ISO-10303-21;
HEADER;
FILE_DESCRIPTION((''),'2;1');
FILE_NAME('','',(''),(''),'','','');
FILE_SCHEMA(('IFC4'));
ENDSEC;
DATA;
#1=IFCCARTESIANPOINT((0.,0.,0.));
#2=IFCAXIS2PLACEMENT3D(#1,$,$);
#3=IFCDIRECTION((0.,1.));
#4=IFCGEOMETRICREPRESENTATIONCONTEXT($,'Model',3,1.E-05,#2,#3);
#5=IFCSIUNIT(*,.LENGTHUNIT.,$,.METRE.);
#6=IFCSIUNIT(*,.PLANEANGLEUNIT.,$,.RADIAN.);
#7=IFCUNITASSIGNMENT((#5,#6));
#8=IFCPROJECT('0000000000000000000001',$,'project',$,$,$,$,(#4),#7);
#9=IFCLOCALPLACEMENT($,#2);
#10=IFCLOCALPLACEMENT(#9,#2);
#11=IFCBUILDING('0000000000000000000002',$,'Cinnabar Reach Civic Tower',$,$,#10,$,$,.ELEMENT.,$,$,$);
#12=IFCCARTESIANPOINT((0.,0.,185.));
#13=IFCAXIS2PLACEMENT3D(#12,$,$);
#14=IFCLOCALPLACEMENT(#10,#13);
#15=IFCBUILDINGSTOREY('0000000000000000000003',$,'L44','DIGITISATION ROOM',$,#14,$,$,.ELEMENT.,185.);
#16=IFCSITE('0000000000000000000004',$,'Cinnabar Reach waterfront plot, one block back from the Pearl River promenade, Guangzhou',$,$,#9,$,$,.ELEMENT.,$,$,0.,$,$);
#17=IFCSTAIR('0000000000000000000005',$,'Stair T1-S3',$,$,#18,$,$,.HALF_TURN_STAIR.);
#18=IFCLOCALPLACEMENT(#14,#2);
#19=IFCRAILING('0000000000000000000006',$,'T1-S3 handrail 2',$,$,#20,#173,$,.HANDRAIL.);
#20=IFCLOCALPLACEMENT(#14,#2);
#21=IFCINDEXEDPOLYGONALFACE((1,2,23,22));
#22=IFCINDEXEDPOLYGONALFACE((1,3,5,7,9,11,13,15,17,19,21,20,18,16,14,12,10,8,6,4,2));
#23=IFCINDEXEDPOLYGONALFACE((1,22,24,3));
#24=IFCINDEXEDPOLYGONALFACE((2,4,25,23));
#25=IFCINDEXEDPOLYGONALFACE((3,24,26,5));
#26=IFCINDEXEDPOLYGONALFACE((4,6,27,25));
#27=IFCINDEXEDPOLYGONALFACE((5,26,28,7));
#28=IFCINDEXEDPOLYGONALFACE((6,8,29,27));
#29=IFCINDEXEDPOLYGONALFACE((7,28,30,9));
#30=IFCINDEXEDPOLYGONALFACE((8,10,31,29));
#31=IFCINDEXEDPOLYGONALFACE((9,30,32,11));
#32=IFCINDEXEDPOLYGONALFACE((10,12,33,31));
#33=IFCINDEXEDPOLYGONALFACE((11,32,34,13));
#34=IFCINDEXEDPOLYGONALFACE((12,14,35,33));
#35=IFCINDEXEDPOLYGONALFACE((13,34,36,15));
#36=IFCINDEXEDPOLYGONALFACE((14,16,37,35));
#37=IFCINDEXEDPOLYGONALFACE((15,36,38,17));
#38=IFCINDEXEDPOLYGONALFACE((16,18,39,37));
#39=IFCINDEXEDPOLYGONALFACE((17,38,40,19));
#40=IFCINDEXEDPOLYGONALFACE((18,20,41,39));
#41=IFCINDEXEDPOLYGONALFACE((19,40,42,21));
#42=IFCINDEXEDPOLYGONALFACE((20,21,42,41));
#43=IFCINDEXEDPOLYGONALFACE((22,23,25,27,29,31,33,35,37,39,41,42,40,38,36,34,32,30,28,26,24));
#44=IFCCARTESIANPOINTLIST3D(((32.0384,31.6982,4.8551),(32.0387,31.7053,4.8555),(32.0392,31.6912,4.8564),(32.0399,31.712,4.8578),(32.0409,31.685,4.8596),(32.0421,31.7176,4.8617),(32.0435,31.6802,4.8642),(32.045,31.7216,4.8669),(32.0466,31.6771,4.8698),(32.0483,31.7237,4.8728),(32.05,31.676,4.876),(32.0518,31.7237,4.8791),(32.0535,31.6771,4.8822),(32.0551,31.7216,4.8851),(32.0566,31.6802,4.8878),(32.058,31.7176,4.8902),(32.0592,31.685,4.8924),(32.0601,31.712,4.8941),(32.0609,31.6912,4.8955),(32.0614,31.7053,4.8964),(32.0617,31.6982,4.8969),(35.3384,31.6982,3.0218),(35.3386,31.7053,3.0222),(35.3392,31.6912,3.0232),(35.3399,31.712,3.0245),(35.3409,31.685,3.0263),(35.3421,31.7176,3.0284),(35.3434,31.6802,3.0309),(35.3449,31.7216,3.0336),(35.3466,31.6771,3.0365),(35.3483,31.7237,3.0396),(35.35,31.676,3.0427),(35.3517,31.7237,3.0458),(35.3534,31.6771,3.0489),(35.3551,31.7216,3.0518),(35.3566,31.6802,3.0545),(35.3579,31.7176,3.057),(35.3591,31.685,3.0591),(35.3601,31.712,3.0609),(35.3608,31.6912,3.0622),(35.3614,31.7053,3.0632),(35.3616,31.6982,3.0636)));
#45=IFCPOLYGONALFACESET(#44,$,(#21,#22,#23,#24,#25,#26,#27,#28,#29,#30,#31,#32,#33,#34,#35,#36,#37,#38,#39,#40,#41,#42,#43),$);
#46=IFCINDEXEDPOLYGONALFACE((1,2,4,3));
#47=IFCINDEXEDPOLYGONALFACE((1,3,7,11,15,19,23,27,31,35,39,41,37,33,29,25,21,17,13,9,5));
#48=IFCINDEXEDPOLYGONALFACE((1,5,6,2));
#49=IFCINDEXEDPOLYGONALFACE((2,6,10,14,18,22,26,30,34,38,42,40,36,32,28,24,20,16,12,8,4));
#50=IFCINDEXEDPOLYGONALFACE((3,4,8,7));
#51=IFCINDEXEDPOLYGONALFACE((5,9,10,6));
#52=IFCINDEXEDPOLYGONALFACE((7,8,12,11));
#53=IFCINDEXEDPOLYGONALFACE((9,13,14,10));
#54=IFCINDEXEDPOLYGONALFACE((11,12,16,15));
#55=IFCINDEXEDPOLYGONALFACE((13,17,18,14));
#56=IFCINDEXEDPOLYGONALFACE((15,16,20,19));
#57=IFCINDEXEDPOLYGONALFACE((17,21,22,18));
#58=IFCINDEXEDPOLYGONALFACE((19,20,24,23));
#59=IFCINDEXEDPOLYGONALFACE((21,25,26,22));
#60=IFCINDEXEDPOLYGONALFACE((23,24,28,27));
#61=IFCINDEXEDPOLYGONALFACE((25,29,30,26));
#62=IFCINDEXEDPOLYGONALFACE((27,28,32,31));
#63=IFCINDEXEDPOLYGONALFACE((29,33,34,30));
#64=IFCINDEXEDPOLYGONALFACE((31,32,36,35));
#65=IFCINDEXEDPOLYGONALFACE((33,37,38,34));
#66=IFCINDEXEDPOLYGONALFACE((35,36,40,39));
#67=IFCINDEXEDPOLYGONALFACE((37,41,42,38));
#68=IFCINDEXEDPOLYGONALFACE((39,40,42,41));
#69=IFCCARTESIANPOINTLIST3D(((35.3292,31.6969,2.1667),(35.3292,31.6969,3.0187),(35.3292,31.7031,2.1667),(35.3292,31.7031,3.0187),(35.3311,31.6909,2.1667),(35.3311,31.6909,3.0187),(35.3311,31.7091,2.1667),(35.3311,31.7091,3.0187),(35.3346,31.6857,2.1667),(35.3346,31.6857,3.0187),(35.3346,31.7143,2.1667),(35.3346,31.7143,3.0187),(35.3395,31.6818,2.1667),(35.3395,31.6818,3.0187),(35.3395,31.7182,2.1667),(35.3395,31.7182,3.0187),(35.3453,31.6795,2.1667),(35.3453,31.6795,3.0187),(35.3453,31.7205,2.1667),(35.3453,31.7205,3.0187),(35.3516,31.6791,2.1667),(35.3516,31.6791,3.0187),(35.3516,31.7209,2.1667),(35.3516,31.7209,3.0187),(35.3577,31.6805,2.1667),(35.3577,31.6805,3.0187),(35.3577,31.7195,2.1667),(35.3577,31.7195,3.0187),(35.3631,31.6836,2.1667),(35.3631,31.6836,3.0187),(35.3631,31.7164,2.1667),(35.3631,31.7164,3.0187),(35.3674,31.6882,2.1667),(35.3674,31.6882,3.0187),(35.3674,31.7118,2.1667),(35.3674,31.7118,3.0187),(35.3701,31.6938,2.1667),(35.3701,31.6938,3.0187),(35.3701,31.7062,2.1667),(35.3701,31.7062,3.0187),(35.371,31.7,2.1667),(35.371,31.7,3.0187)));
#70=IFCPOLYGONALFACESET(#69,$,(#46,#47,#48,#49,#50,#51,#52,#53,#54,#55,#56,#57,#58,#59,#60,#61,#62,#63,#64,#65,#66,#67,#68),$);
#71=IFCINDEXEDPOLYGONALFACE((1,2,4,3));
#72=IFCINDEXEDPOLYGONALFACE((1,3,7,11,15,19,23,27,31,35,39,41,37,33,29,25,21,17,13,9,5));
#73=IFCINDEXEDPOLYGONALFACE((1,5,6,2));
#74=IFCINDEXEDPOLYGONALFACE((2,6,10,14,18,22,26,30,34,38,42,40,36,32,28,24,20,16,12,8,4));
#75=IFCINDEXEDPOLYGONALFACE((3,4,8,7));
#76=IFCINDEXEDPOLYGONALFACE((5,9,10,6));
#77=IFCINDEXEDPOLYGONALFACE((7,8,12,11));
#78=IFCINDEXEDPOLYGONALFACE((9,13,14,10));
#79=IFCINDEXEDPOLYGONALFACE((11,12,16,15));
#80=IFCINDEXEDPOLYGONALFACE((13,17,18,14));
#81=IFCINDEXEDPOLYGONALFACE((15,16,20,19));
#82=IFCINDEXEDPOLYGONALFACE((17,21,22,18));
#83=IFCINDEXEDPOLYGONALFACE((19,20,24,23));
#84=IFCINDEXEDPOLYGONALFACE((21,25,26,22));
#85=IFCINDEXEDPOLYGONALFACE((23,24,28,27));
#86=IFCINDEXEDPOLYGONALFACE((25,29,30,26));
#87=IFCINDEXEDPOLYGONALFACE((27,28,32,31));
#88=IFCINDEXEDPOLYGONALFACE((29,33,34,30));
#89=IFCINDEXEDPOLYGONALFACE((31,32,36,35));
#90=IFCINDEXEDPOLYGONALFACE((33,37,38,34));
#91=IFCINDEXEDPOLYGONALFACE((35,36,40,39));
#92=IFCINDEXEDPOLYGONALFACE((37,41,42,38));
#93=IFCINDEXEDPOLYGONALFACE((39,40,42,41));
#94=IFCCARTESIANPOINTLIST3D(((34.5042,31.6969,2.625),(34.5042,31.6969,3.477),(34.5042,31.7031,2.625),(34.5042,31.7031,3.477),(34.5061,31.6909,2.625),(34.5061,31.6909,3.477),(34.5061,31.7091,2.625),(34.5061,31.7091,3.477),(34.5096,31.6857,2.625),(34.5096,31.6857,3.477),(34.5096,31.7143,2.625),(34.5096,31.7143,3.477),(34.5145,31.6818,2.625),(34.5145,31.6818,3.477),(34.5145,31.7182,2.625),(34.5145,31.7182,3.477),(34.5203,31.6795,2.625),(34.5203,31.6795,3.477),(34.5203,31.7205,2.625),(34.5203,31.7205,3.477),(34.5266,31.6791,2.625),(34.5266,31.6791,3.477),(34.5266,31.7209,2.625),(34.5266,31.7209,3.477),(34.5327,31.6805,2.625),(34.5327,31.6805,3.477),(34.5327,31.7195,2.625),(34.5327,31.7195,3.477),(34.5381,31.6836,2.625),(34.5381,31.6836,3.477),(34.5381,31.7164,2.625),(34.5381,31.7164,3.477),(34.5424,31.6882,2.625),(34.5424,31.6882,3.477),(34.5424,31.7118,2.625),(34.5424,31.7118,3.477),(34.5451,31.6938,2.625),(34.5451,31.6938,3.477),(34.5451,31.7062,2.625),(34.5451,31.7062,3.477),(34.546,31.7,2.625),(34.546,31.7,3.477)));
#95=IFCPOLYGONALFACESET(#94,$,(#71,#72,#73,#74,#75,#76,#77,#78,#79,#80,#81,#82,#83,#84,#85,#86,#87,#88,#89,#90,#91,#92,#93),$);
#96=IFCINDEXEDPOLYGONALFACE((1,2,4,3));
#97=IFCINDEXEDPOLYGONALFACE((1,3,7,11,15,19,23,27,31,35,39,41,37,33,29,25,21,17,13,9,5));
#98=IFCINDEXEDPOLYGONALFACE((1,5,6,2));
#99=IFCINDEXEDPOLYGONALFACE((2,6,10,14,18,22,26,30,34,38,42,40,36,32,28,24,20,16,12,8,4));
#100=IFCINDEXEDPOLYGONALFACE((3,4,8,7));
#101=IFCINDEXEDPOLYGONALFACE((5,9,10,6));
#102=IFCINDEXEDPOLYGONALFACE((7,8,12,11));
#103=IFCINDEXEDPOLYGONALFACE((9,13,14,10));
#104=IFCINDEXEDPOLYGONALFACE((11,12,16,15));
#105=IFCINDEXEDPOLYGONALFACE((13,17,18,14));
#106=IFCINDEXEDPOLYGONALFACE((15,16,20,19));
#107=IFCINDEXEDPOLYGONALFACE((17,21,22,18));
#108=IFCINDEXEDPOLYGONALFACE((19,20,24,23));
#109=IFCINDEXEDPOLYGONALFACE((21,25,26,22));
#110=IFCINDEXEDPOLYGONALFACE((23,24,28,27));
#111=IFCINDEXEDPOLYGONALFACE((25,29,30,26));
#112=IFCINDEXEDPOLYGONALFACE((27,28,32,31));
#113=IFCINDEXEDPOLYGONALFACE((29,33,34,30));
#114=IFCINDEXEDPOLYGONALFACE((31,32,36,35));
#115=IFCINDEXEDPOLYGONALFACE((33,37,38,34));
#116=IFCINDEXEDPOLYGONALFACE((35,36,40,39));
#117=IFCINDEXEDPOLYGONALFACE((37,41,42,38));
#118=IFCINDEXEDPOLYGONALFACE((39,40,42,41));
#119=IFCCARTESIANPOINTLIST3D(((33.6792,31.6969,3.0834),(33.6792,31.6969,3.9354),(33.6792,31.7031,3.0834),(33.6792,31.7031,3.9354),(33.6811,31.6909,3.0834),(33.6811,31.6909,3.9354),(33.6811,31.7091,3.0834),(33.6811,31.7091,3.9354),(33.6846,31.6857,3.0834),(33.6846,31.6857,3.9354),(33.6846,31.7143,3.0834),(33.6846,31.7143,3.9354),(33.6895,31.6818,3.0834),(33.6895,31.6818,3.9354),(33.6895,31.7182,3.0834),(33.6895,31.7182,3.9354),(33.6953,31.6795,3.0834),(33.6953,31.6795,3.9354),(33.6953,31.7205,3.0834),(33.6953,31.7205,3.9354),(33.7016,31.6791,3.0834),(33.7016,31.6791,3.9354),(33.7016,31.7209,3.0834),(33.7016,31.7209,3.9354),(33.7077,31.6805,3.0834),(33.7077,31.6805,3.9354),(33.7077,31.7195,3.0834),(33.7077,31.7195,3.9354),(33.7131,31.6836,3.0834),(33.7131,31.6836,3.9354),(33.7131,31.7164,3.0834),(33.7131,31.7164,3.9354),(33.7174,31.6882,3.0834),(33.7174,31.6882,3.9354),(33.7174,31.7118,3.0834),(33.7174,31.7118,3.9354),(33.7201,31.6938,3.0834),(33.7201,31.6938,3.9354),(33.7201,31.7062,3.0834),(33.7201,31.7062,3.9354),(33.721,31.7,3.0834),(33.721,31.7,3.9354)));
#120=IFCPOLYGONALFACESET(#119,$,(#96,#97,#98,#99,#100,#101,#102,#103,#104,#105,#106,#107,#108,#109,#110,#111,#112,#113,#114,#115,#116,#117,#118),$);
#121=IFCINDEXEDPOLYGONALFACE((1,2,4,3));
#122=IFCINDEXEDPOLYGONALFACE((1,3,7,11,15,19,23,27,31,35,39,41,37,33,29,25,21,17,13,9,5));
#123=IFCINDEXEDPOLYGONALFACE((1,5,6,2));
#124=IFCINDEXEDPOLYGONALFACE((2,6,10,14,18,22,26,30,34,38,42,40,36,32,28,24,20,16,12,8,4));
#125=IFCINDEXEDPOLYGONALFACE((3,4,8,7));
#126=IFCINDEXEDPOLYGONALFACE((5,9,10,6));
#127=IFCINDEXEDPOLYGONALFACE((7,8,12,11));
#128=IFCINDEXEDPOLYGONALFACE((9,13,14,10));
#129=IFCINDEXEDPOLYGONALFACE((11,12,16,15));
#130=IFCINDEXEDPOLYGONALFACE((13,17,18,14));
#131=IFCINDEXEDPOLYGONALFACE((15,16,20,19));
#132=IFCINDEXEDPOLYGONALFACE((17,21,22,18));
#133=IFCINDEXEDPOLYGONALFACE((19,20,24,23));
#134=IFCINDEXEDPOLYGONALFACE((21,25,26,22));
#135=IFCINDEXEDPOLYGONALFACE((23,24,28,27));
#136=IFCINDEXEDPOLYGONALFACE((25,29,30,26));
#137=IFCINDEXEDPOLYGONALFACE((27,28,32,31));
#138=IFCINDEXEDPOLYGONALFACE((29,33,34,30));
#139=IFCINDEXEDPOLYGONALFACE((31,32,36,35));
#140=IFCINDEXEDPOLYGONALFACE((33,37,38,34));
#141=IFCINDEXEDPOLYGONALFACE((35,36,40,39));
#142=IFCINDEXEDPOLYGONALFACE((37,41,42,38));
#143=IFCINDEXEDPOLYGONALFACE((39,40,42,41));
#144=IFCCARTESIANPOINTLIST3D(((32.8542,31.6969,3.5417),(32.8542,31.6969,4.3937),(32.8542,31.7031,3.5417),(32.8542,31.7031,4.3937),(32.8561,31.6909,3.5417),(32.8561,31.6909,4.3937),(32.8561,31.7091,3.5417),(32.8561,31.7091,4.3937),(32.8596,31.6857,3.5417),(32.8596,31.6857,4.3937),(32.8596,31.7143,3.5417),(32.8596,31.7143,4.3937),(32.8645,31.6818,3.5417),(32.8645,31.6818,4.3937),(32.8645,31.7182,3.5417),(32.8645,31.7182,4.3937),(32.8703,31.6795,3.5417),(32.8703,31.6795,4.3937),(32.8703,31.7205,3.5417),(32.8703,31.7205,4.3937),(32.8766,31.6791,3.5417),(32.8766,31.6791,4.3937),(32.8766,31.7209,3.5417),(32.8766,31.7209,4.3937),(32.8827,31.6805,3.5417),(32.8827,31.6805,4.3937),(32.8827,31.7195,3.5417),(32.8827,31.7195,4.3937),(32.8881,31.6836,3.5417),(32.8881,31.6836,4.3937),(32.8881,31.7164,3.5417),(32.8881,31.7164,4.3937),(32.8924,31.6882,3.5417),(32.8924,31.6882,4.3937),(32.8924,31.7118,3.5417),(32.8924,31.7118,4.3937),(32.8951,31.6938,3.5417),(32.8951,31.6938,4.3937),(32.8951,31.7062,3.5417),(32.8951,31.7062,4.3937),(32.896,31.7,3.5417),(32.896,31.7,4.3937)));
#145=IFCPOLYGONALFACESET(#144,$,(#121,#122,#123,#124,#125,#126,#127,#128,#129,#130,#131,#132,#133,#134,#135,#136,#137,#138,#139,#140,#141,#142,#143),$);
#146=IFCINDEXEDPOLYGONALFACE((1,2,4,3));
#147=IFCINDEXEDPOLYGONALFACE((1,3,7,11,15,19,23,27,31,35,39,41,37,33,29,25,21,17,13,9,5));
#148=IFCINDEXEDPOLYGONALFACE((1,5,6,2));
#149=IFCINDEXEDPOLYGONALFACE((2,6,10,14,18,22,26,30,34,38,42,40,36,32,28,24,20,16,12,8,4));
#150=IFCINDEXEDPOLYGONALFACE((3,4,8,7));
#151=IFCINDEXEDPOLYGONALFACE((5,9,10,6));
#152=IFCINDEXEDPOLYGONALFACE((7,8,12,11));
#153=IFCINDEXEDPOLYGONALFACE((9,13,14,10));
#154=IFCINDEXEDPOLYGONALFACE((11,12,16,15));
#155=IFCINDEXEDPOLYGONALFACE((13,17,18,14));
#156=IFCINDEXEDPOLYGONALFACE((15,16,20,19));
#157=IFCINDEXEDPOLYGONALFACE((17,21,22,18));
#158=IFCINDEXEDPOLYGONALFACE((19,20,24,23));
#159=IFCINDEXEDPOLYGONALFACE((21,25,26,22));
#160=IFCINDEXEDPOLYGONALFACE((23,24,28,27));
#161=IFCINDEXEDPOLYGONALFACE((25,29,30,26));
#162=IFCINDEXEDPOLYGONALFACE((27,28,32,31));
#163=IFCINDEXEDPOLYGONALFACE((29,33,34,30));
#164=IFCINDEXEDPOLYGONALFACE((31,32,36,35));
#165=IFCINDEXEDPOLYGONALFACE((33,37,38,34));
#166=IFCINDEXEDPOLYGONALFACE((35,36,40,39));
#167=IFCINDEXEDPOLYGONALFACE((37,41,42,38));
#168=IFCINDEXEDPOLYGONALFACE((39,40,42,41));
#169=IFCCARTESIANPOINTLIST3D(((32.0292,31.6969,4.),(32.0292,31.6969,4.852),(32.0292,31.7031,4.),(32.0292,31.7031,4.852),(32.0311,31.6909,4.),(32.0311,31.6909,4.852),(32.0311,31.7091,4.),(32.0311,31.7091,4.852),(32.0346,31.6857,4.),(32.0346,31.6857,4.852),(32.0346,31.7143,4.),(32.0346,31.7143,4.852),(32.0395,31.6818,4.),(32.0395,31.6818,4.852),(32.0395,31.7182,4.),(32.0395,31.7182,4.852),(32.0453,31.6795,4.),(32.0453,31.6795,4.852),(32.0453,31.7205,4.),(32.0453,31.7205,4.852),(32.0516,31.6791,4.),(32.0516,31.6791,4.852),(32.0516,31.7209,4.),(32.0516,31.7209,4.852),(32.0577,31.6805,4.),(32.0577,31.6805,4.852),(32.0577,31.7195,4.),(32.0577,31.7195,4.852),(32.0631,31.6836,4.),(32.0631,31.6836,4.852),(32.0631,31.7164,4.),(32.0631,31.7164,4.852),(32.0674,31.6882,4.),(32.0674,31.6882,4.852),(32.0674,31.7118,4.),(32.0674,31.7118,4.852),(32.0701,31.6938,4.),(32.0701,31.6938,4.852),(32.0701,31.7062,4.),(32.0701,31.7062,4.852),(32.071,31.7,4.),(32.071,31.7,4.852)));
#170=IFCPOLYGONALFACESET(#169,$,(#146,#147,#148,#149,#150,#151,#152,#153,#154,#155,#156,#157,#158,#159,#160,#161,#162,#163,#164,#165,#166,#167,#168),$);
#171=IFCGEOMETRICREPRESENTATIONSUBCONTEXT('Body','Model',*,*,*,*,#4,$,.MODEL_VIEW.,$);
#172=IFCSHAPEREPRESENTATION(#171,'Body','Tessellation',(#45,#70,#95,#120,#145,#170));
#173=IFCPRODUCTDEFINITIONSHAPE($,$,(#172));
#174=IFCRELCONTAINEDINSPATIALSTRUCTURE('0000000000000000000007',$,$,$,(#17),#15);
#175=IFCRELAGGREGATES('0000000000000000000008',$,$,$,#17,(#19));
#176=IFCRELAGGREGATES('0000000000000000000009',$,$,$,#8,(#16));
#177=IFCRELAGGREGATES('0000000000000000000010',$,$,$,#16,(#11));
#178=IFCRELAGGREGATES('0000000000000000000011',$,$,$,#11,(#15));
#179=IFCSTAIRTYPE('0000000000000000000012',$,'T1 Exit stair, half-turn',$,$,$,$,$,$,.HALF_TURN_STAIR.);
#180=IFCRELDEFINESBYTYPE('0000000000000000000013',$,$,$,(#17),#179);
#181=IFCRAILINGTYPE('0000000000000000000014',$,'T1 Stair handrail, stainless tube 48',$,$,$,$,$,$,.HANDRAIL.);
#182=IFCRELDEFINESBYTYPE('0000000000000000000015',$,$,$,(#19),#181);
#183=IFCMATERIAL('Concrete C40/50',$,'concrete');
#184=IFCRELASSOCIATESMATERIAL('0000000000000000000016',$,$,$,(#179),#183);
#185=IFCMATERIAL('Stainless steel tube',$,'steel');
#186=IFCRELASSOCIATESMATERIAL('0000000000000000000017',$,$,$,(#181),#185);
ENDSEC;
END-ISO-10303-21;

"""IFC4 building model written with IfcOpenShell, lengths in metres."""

from ifc_helpers import new_model, si_unit, direction, frame, origin, origin_2d, place, context, subcontext, project, spatial, circle, extrude, material, type_object, element, aggregate, save


model = new_model("IFC4")

# Units and contexts
model_context = context("Model", 3, precision=1e-05, world=origin(), true_north=direction((0.0, 1.0)))
body_context = subcontext(model_context, "Body", "Model", "MODEL_VIEW")
ifc_project = project(units=[si_unit("LENGTHUNIT", "METRE"), si_unit("PLANEANGLEUNIT", "RADIAN")], contexts=[model_context])

# Site, building, storey
site_placement = place(None, origin())
site = spatial("IfcSite", under=ifc_project, at=site_placement, Name="Cinnabar Reach waterfront plot, one block back from the Pearl River promenade, Guangzhou", CompositionType="ELEMENT", RefElevation=0.0)
building_placement = place(site_placement, origin())
building = spatial("IfcBuilding", under=site, at=building_placement, Name="Cinnabar Reach Civic Tower", CompositionType="ELEMENT")
storey_placement = place(building_placement, frame((0.0, 0.0, 185.0)))
storey = spatial("IfcBuildingStorey", under=building, at=storey_placement, Name="L44", Description="DIGITISATION ROOM", CompositionType="ELEMENT", Elevation=185.0)

# Stair, railing
ifc_material_1 = material(Name="Concrete C40/50", Category="concrete")
stair_type = type_object("IfcStairType", Name="T1 Exit stair, half-turn", PredefinedType="HALF_TURN_STAIR", material=ifc_material_1)
stair_placement = place(storey_placement, origin())
stair = element("IfcStair", 1, at=stair_placement, inside=storey, type_object=stair_type, Name="Stair T1-S3", PredefinedType="HALF_TURN_STAIR")
ifc_material_2 = material(Name="Stainless steel tube", Category="steel")
railing_type = type_object("IfcRailingType", Name="T1 Stair handrail, stainless tube 48", PredefinedType="HANDRAIL", material=ifc_material_2)
railing_placement = place(storey_placement, frame((35.35, 31.7, 2.1667)))
railing = element("IfcRailing", 2, at=railing_placement, type_object=railing_type, Name="T1-S3 handrail 2", PredefinedType="HANDRAIL", context=body_context, shape_type="SweptSolid", body=[
    extrude(circle(Radius=0.024, at=origin_2d()), frame((0.0, 0.0, 0.876), z_axis=(-0.874161, 0.0, 0.485636), x_axis=(0.0, -1.0, 0.0)), (0.0, 0.0, 1.0), 3.775),
    extrude(circle(Radius=0.021, at=origin_2d()), origin(), (0.0, 0.0, 1.0), 0.852),
    extrude(circle(Radius=0.021, at=origin_2d()), frame((-0.825, 0.0, 0.4583)), (0.0, 0.0, 1.0), 0.852),
    extrude(circle(Radius=0.021, at=origin_2d()), frame((-1.65, 0.0, 0.9167)), (0.0, 0.0, 1.0), 0.852),
    extrude(circle(Radius=0.021, at=origin_2d()), frame((-2.475, 0.0, 1.375)), (0.0, 0.0, 1.0), 0.852),
    extrude(circle(Radius=0.021, at=origin_2d()), frame((-3.3, 0.0, 1.8333)), (0.0, 0.0, 1.0), 0.852),
])
aggregate(stair, [railing])

save(model, "model.ifc")
